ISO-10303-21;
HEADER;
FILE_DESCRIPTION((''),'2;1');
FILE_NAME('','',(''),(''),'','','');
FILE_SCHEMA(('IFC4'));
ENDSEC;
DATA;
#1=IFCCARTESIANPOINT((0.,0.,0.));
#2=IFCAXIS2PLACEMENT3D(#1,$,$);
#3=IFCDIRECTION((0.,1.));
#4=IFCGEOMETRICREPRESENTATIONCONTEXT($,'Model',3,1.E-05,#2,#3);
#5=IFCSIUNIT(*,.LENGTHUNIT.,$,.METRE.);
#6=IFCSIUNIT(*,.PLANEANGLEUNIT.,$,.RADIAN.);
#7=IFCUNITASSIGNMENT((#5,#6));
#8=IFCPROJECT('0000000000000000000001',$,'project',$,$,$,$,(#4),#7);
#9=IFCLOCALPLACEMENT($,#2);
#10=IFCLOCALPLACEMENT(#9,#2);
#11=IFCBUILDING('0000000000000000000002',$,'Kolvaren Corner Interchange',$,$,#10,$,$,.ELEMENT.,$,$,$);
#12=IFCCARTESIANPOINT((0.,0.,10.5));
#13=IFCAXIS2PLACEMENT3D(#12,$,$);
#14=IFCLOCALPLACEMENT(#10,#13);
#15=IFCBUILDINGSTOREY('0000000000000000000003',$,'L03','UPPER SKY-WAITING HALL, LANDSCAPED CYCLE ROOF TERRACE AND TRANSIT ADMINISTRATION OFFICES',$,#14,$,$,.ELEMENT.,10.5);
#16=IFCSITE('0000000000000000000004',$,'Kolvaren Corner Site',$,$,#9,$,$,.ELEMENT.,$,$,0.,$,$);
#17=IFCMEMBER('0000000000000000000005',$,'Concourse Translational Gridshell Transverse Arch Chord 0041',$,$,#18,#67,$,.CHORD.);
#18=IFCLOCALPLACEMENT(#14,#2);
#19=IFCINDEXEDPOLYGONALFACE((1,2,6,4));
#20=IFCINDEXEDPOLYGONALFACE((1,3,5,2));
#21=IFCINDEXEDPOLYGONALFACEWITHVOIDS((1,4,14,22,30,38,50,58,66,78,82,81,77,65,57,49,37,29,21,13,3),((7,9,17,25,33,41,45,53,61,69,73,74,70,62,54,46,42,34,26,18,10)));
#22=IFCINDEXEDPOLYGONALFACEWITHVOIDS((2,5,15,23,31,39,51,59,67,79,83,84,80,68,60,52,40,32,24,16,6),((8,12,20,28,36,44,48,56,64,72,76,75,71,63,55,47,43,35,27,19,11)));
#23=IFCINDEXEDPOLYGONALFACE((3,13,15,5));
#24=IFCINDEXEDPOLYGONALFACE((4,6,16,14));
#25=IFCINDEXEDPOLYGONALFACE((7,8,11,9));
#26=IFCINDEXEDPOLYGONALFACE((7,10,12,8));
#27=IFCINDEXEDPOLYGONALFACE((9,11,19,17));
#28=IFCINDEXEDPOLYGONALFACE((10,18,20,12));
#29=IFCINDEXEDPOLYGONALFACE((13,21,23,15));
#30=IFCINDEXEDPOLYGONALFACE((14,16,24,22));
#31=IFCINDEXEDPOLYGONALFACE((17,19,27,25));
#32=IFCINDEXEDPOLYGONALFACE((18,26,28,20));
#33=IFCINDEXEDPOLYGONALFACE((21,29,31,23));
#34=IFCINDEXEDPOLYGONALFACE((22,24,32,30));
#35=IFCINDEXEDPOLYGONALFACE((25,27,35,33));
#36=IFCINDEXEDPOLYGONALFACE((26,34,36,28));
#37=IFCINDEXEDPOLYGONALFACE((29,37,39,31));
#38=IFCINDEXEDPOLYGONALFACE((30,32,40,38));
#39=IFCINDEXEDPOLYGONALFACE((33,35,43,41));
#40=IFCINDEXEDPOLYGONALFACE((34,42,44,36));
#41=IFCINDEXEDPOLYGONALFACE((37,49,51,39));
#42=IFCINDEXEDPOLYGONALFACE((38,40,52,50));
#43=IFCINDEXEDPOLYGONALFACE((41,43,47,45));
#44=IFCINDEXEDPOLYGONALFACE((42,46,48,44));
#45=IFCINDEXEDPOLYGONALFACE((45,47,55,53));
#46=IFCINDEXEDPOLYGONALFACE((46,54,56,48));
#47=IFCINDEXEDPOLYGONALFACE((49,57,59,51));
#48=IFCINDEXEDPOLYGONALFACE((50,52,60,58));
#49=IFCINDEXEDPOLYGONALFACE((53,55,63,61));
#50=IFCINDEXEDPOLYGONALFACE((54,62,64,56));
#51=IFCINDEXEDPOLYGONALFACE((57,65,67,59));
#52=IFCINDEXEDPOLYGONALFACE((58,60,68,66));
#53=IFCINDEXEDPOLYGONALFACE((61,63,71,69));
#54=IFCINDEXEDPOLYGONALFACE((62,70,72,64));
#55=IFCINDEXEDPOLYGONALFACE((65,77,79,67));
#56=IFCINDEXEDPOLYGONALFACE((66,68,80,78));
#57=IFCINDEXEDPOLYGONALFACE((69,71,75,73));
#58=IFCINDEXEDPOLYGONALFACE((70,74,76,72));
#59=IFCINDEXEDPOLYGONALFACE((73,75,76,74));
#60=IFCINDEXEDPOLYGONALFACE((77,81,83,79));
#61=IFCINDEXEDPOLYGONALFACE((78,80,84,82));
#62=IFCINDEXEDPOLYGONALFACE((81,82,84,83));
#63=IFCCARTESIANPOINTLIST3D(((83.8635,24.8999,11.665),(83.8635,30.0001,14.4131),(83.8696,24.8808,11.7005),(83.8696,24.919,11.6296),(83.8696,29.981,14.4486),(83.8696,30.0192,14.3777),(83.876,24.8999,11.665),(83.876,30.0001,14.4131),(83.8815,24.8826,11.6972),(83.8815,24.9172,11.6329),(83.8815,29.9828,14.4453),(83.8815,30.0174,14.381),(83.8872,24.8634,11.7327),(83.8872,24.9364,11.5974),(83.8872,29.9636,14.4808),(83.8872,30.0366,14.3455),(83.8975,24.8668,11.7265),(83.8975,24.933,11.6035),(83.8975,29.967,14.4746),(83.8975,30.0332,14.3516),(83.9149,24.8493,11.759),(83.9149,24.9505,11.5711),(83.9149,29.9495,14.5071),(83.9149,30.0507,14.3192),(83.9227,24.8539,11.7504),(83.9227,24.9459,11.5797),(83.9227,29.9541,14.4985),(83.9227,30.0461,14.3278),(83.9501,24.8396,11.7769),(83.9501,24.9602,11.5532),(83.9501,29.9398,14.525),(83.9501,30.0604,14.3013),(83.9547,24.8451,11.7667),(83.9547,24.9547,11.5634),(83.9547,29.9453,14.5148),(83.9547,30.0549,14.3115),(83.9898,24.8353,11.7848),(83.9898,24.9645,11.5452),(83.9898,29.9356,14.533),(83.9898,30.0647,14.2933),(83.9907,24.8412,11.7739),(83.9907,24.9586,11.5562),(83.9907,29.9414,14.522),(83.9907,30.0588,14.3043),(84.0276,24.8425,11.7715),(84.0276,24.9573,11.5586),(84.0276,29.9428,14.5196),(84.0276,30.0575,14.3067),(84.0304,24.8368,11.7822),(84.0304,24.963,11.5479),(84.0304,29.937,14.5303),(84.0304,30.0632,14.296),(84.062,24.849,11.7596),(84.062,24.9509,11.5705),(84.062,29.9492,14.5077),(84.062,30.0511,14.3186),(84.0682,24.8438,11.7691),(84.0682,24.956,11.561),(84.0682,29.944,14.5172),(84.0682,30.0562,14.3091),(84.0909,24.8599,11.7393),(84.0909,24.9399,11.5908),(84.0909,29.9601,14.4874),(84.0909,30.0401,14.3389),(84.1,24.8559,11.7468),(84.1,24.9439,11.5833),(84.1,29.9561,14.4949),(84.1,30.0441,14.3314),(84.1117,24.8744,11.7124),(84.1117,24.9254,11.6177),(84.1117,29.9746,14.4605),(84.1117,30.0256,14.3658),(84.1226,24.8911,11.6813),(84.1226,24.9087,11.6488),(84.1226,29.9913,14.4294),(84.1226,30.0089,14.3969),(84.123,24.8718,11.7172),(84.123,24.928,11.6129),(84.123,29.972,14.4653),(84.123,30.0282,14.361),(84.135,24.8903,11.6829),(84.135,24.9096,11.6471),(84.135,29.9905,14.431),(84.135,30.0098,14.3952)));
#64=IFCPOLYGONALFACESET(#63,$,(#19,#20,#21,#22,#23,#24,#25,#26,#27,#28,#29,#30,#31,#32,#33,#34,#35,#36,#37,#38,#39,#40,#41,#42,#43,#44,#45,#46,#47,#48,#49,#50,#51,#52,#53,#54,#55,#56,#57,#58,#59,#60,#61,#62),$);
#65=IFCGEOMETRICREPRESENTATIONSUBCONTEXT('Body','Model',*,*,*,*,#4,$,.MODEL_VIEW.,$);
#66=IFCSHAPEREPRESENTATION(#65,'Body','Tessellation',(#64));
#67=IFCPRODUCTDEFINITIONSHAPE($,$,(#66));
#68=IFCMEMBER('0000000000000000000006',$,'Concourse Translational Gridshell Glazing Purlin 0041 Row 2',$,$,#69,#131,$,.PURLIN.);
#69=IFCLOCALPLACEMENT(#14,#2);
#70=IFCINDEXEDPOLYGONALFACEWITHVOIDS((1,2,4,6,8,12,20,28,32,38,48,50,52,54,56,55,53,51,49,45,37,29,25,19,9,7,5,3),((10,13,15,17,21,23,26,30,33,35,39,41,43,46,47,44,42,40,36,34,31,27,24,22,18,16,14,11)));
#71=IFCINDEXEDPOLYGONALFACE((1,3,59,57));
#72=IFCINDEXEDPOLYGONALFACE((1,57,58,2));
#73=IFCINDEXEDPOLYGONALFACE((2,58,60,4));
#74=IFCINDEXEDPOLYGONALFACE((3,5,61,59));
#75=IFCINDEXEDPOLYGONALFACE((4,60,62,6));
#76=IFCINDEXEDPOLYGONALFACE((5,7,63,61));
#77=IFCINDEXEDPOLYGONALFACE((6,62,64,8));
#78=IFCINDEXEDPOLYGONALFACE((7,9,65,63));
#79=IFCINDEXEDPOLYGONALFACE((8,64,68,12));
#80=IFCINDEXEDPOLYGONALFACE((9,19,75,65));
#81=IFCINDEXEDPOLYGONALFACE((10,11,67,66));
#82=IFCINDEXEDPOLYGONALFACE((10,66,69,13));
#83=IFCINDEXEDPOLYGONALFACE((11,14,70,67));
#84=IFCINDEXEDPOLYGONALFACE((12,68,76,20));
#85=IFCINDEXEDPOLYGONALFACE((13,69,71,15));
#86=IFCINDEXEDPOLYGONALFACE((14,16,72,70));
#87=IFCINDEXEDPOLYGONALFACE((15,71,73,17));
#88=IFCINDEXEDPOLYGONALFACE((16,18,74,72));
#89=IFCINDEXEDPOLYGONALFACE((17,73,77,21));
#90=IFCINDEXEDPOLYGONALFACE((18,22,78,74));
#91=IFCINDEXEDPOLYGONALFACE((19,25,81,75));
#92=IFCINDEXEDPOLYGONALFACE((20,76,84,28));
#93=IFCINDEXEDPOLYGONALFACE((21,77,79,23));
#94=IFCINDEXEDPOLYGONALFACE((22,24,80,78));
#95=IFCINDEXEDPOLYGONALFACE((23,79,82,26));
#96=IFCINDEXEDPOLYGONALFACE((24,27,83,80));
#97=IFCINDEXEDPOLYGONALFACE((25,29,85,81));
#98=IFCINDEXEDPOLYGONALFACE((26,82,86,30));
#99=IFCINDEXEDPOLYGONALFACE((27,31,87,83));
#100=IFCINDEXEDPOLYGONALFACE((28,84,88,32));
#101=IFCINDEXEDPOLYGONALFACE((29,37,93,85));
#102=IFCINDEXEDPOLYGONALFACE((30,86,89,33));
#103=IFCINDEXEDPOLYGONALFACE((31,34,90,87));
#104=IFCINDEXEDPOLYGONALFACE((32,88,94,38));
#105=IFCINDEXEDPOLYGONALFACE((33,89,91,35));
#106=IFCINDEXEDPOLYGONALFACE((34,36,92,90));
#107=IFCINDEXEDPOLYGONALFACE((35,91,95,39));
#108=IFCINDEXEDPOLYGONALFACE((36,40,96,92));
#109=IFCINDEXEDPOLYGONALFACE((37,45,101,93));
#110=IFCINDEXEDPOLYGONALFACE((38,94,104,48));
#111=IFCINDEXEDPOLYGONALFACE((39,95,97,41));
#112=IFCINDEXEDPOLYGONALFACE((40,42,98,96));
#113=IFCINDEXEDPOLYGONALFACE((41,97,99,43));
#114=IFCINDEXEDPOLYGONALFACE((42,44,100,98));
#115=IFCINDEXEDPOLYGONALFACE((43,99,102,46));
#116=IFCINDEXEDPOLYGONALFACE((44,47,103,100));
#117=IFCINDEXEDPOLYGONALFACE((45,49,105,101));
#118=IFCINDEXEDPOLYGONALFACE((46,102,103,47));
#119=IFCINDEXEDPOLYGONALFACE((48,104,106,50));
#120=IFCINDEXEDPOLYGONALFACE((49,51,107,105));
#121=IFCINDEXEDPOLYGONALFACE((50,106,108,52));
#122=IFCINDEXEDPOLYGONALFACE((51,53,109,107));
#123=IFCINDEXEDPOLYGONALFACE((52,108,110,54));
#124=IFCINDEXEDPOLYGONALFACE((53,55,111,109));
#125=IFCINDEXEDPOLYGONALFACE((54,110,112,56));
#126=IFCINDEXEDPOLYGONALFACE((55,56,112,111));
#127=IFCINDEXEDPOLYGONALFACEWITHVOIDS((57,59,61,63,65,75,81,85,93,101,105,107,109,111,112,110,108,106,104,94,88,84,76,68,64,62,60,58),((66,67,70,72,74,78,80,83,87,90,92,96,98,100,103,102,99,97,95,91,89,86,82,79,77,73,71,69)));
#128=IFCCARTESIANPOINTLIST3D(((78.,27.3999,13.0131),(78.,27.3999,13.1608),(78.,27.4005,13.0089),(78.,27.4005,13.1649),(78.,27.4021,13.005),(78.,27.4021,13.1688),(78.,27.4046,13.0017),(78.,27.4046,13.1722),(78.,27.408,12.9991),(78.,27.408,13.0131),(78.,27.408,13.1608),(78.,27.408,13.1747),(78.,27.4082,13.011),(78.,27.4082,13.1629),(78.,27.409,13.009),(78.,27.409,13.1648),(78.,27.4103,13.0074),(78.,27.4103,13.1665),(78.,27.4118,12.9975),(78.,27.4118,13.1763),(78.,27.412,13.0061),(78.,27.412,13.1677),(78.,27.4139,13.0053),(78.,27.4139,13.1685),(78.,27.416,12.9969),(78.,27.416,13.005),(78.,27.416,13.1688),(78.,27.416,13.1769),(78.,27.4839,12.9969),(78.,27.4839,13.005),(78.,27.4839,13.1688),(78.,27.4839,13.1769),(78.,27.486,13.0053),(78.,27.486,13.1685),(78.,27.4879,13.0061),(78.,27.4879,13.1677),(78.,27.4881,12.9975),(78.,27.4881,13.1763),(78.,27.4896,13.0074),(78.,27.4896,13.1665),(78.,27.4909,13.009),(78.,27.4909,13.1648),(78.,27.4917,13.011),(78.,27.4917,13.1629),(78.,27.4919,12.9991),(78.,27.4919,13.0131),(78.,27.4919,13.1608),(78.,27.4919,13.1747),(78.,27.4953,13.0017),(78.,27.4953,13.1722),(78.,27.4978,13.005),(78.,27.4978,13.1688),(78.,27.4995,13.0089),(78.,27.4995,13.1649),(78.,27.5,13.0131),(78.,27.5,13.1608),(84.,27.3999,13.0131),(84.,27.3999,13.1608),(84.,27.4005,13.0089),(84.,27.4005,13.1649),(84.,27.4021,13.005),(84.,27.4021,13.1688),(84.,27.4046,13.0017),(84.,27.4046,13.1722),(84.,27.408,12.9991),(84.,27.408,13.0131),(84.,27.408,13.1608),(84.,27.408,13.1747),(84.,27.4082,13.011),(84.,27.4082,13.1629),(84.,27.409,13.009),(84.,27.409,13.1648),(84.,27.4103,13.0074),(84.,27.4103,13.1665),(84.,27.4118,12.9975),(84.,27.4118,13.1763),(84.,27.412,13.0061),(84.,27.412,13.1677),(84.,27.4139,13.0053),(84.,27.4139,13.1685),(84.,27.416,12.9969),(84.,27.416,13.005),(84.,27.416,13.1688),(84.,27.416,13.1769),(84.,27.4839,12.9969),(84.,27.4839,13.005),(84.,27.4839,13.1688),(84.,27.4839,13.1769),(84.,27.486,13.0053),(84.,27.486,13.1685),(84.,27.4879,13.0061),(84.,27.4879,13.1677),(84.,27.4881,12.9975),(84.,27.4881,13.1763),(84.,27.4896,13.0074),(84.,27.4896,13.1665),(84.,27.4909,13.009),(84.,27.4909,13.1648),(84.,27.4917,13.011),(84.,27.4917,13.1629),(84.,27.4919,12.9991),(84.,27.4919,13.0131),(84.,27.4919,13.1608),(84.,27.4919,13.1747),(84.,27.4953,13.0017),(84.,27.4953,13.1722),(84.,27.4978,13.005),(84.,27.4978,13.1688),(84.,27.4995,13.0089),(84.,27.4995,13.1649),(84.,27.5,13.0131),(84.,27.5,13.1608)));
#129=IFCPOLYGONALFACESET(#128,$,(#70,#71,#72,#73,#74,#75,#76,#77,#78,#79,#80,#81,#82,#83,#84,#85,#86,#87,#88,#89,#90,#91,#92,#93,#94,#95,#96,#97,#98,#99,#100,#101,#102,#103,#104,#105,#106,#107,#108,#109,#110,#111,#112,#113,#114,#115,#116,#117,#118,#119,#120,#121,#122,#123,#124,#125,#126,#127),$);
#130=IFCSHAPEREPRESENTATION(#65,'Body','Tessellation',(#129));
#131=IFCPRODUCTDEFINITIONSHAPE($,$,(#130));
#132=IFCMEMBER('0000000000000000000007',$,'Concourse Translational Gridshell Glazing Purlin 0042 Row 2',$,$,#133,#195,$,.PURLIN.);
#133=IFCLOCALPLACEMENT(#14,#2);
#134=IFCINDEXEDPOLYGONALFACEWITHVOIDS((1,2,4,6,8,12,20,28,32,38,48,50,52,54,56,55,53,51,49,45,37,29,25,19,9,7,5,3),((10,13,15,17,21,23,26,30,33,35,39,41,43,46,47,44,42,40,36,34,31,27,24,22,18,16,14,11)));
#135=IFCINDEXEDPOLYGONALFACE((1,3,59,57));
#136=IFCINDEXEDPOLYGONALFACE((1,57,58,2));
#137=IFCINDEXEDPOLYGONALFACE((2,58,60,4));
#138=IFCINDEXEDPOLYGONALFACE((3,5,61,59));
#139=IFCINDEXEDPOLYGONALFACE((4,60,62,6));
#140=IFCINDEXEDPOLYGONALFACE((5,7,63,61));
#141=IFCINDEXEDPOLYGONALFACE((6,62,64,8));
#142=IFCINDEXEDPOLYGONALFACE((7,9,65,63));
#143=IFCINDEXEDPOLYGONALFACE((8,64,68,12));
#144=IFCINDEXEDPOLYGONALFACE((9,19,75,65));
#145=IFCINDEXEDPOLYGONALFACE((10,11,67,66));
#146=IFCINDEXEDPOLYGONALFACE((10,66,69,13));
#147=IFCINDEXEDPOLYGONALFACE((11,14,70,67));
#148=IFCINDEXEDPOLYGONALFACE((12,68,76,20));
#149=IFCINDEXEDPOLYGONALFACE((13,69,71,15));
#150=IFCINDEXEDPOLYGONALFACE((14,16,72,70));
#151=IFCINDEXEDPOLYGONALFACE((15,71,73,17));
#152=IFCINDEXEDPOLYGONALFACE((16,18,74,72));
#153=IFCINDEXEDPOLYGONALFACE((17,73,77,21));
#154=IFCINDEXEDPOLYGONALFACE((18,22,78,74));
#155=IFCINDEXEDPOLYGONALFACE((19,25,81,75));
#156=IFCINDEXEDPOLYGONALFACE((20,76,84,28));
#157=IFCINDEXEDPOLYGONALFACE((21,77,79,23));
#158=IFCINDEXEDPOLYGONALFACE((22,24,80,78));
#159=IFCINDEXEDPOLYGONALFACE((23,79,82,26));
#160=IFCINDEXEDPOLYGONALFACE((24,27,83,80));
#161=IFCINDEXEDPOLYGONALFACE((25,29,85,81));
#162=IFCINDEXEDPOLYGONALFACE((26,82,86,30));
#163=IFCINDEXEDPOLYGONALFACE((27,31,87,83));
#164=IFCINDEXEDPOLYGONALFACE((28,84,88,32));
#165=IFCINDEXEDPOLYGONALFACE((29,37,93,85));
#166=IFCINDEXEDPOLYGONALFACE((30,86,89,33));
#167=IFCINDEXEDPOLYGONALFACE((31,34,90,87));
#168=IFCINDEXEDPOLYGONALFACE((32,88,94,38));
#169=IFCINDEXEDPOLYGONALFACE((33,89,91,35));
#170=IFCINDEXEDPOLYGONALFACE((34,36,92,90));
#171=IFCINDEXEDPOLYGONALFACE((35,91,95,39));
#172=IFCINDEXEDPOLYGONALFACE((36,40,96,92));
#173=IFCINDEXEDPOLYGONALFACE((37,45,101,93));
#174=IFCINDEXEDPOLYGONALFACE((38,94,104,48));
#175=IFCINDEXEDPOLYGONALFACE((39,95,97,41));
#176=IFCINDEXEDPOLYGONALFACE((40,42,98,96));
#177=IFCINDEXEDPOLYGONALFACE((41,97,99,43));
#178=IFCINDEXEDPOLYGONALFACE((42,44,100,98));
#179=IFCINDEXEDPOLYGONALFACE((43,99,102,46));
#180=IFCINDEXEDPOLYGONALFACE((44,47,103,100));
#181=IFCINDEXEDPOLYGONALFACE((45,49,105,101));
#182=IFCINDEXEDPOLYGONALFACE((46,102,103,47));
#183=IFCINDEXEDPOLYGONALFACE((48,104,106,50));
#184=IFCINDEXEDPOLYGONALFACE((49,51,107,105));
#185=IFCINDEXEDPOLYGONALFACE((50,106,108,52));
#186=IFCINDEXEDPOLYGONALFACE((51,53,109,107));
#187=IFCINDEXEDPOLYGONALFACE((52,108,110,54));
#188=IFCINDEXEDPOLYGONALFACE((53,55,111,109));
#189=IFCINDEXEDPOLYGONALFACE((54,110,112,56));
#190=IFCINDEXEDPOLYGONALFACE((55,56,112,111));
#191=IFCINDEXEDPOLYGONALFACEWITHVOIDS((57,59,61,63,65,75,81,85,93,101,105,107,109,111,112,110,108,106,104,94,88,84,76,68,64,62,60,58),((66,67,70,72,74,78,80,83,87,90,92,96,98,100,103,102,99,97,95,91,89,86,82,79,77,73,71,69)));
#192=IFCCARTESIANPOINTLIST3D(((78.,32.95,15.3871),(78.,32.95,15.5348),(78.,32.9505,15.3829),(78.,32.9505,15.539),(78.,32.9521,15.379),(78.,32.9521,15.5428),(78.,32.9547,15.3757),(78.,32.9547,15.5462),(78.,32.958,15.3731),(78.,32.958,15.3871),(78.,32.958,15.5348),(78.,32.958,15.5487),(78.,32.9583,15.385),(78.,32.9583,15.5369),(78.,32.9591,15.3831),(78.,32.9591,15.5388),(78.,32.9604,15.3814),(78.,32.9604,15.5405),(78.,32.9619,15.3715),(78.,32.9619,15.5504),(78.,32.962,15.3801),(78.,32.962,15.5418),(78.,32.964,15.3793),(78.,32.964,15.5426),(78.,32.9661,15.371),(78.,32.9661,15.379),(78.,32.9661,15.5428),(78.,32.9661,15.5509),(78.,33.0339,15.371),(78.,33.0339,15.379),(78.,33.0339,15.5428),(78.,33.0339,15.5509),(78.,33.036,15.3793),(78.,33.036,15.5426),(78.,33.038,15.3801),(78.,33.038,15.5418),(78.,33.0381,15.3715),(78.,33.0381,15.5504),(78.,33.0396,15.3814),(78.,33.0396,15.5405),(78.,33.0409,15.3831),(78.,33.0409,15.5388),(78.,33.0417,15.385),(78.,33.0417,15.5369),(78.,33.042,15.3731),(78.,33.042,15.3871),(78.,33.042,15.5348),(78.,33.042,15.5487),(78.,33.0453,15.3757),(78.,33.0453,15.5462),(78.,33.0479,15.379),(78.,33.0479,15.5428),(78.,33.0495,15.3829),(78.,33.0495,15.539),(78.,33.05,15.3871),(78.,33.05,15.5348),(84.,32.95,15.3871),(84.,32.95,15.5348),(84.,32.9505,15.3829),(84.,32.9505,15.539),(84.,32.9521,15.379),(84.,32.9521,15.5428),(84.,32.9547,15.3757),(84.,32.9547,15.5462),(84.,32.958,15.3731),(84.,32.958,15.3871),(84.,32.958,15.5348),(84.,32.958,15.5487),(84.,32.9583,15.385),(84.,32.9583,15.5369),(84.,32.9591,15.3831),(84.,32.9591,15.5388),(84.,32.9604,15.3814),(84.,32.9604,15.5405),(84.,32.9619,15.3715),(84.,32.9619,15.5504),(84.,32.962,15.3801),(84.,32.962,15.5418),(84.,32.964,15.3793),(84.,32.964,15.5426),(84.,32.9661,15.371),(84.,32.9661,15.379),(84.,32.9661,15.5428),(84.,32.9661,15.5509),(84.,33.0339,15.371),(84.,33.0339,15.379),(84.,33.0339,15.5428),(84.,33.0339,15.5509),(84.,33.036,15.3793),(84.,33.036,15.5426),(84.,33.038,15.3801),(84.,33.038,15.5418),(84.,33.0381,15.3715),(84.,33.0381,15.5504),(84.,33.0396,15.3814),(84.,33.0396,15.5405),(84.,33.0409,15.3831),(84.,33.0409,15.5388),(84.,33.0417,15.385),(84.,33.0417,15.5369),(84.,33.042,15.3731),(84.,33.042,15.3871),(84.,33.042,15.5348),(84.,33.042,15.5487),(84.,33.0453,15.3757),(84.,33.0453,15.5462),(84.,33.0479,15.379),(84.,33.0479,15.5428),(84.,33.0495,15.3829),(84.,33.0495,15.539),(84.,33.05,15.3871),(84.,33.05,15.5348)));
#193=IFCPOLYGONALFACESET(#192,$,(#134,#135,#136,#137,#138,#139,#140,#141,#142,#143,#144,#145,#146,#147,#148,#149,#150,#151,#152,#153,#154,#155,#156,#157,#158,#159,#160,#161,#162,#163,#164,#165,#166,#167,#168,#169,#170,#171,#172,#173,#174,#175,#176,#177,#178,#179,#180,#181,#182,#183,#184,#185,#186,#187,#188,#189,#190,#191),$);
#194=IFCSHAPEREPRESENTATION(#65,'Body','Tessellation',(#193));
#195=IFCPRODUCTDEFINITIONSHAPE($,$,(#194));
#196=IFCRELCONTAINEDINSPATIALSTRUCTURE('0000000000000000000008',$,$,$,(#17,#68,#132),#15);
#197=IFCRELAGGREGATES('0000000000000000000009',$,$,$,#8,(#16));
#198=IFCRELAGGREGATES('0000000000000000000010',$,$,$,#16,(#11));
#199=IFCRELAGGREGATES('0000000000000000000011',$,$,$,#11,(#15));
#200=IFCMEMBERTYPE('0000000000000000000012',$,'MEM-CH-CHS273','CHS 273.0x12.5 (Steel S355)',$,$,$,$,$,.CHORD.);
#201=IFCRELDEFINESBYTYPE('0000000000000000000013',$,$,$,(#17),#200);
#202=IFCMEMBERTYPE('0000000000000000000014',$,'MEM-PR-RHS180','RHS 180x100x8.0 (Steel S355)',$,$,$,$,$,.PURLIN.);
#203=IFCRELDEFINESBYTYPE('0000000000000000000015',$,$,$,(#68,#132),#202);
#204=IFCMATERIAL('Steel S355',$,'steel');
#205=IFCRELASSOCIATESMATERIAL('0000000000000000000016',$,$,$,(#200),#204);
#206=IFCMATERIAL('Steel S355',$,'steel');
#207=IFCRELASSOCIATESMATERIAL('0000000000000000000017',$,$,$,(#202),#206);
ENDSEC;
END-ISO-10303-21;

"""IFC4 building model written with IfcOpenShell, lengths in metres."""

from ifc_helpers import new_model, si_unit, direction, frame, origin, origin_2d, place, context, subcontext, project, spatial, hollow_rectangle, hollow_circle, extrude, material, material_profile, profile_set, type_object, element, save


model = new_model("IFC4")

# Units and contexts
model_context = context("Model", 3, precision=1e-05, world=origin(), true_north=direction((0.0, 1.0)))
body_context = subcontext(model_context, "Body", "Model", "MODEL_VIEW")
ifc_project = project(units=[si_unit("LENGTHUNIT", "METRE"), si_unit("PLANEANGLEUNIT", "RADIAN")], contexts=[model_context])

# Site, building, storey
site_placement = place(None, origin())
site = spatial("IfcSite", under=ifc_project, at=site_placement, Name="Kolvaren Corner Site", CompositionType="ELEMENT", RefElevation=0.0)
building_placement = place(site_placement, origin())
building = spatial("IfcBuilding", under=site, at=building_placement, Name="Kolvaren Corner Interchange", CompositionType="ELEMENT")
storey_placement = place(building_placement, frame((0.0, 0.0, 10.5)))
storey = spatial("IfcBuildingStorey", under=building, at=storey_placement, Name="L03", Description="UPPER SKY-WAITING HALL, LANDSCAPED CYCLE ROOF TERRACE AND TRANSIT ADMINISTRATION OFFICES", CompositionType="ELEMENT", Elevation=10.5)

# Members
ifc_material_1 = material(Name="Steel S355", Category="steel")
ifc_material_profile_1 = material_profile(ifc_material_1, hollow_circle(Radius=0.1365, WallThickness=0.0125, at=origin_2d()), Name="CHS 273.0x12.5")
ifc_profile_set_1 = profile_set([ifc_material_profile_1], Name="Steel S355")
member_type_1 = type_object("IfcMemberType", Name="MEM-CH-CHS273", Description="CHS 273.0x12.5 (Steel S355)", PredefinedType="CHORD", material=ifc_profile_set_1)
member_1_placement = place(storey_placement, frame((84.0, 24.8999, 11.665), z_axis=(0.0, 0.880338, 0.474346), x_axis=(-1.0, 0.0, 0.0)))
element("IfcMember", 1, at=member_1_placement, inside=storey, type_object=member_type_1, Name="Concourse Translational Gridshell Transverse Arch Chord 0041", PredefinedType="CHORD", context=body_context, shape_type="SweptSolid", body=[
    extrude(hollow_circle(Radius=0.1365, WallThickness=0.0125, at=origin_2d()), origin(), (0.0, 0.0, 1.0), 5.7935),
])
ifc_material_2 = material(Name="Steel S355", Category="steel")
ifc_material_profile_2 = material_profile(ifc_material_2, hollow_rectangle(XDim=0.1001, YDim=0.1799, WallThickness=0.0081, InnerFilletRadius=0.0081, OuterFilletRadius=0.0161, at=origin_2d()), Name="RHS 180x100x8.0")
ifc_profile_set_2 = profile_set([ifc_material_profile_2], Name="Steel S355")
member_type_2 = type_object("IfcMemberType", Name="MEM-PR-RHS180", Description="RHS 180x100x8.0 (Steel S355)", PredefinedType="PURLIN", material=ifc_profile_set_2)
for number, where, z_axis, x_axis, name in (
    (2, (78.0, 27.45, 13.0869), (1.0, 0.0, 0.0), (0.0, 1.0, 0.0), "Concourse Translational Gridshell Glazing Purlin 0041 Row 2"),
    (3, (78.0, 33.0, 15.4609), (1.0, 0.0, 0.0), (0.0, 1.0, 0.0), "Concourse Translational Gridshell Glazing Purlin 0042 Row 2"),
):
    element("IfcMember", number, at=place(storey_placement, frame(where, z_axis=z_axis, x_axis=x_axis)), inside=storey, type_object=member_type_2, Name=name, PredefinedType="PURLIN", context=body_context, shape_type="SweptSolid", body=[
        extrude(hollow_rectangle(XDim=0.1001, YDim=0.1799, WallThickness=0.0081, InnerFilletRadius=0.0081, OuterFilletRadius=0.0161, at=origin_2d()), origin(), (0.0, 0.0, 1.0), 6.0),
    ])

save(model, "model.ifc")
